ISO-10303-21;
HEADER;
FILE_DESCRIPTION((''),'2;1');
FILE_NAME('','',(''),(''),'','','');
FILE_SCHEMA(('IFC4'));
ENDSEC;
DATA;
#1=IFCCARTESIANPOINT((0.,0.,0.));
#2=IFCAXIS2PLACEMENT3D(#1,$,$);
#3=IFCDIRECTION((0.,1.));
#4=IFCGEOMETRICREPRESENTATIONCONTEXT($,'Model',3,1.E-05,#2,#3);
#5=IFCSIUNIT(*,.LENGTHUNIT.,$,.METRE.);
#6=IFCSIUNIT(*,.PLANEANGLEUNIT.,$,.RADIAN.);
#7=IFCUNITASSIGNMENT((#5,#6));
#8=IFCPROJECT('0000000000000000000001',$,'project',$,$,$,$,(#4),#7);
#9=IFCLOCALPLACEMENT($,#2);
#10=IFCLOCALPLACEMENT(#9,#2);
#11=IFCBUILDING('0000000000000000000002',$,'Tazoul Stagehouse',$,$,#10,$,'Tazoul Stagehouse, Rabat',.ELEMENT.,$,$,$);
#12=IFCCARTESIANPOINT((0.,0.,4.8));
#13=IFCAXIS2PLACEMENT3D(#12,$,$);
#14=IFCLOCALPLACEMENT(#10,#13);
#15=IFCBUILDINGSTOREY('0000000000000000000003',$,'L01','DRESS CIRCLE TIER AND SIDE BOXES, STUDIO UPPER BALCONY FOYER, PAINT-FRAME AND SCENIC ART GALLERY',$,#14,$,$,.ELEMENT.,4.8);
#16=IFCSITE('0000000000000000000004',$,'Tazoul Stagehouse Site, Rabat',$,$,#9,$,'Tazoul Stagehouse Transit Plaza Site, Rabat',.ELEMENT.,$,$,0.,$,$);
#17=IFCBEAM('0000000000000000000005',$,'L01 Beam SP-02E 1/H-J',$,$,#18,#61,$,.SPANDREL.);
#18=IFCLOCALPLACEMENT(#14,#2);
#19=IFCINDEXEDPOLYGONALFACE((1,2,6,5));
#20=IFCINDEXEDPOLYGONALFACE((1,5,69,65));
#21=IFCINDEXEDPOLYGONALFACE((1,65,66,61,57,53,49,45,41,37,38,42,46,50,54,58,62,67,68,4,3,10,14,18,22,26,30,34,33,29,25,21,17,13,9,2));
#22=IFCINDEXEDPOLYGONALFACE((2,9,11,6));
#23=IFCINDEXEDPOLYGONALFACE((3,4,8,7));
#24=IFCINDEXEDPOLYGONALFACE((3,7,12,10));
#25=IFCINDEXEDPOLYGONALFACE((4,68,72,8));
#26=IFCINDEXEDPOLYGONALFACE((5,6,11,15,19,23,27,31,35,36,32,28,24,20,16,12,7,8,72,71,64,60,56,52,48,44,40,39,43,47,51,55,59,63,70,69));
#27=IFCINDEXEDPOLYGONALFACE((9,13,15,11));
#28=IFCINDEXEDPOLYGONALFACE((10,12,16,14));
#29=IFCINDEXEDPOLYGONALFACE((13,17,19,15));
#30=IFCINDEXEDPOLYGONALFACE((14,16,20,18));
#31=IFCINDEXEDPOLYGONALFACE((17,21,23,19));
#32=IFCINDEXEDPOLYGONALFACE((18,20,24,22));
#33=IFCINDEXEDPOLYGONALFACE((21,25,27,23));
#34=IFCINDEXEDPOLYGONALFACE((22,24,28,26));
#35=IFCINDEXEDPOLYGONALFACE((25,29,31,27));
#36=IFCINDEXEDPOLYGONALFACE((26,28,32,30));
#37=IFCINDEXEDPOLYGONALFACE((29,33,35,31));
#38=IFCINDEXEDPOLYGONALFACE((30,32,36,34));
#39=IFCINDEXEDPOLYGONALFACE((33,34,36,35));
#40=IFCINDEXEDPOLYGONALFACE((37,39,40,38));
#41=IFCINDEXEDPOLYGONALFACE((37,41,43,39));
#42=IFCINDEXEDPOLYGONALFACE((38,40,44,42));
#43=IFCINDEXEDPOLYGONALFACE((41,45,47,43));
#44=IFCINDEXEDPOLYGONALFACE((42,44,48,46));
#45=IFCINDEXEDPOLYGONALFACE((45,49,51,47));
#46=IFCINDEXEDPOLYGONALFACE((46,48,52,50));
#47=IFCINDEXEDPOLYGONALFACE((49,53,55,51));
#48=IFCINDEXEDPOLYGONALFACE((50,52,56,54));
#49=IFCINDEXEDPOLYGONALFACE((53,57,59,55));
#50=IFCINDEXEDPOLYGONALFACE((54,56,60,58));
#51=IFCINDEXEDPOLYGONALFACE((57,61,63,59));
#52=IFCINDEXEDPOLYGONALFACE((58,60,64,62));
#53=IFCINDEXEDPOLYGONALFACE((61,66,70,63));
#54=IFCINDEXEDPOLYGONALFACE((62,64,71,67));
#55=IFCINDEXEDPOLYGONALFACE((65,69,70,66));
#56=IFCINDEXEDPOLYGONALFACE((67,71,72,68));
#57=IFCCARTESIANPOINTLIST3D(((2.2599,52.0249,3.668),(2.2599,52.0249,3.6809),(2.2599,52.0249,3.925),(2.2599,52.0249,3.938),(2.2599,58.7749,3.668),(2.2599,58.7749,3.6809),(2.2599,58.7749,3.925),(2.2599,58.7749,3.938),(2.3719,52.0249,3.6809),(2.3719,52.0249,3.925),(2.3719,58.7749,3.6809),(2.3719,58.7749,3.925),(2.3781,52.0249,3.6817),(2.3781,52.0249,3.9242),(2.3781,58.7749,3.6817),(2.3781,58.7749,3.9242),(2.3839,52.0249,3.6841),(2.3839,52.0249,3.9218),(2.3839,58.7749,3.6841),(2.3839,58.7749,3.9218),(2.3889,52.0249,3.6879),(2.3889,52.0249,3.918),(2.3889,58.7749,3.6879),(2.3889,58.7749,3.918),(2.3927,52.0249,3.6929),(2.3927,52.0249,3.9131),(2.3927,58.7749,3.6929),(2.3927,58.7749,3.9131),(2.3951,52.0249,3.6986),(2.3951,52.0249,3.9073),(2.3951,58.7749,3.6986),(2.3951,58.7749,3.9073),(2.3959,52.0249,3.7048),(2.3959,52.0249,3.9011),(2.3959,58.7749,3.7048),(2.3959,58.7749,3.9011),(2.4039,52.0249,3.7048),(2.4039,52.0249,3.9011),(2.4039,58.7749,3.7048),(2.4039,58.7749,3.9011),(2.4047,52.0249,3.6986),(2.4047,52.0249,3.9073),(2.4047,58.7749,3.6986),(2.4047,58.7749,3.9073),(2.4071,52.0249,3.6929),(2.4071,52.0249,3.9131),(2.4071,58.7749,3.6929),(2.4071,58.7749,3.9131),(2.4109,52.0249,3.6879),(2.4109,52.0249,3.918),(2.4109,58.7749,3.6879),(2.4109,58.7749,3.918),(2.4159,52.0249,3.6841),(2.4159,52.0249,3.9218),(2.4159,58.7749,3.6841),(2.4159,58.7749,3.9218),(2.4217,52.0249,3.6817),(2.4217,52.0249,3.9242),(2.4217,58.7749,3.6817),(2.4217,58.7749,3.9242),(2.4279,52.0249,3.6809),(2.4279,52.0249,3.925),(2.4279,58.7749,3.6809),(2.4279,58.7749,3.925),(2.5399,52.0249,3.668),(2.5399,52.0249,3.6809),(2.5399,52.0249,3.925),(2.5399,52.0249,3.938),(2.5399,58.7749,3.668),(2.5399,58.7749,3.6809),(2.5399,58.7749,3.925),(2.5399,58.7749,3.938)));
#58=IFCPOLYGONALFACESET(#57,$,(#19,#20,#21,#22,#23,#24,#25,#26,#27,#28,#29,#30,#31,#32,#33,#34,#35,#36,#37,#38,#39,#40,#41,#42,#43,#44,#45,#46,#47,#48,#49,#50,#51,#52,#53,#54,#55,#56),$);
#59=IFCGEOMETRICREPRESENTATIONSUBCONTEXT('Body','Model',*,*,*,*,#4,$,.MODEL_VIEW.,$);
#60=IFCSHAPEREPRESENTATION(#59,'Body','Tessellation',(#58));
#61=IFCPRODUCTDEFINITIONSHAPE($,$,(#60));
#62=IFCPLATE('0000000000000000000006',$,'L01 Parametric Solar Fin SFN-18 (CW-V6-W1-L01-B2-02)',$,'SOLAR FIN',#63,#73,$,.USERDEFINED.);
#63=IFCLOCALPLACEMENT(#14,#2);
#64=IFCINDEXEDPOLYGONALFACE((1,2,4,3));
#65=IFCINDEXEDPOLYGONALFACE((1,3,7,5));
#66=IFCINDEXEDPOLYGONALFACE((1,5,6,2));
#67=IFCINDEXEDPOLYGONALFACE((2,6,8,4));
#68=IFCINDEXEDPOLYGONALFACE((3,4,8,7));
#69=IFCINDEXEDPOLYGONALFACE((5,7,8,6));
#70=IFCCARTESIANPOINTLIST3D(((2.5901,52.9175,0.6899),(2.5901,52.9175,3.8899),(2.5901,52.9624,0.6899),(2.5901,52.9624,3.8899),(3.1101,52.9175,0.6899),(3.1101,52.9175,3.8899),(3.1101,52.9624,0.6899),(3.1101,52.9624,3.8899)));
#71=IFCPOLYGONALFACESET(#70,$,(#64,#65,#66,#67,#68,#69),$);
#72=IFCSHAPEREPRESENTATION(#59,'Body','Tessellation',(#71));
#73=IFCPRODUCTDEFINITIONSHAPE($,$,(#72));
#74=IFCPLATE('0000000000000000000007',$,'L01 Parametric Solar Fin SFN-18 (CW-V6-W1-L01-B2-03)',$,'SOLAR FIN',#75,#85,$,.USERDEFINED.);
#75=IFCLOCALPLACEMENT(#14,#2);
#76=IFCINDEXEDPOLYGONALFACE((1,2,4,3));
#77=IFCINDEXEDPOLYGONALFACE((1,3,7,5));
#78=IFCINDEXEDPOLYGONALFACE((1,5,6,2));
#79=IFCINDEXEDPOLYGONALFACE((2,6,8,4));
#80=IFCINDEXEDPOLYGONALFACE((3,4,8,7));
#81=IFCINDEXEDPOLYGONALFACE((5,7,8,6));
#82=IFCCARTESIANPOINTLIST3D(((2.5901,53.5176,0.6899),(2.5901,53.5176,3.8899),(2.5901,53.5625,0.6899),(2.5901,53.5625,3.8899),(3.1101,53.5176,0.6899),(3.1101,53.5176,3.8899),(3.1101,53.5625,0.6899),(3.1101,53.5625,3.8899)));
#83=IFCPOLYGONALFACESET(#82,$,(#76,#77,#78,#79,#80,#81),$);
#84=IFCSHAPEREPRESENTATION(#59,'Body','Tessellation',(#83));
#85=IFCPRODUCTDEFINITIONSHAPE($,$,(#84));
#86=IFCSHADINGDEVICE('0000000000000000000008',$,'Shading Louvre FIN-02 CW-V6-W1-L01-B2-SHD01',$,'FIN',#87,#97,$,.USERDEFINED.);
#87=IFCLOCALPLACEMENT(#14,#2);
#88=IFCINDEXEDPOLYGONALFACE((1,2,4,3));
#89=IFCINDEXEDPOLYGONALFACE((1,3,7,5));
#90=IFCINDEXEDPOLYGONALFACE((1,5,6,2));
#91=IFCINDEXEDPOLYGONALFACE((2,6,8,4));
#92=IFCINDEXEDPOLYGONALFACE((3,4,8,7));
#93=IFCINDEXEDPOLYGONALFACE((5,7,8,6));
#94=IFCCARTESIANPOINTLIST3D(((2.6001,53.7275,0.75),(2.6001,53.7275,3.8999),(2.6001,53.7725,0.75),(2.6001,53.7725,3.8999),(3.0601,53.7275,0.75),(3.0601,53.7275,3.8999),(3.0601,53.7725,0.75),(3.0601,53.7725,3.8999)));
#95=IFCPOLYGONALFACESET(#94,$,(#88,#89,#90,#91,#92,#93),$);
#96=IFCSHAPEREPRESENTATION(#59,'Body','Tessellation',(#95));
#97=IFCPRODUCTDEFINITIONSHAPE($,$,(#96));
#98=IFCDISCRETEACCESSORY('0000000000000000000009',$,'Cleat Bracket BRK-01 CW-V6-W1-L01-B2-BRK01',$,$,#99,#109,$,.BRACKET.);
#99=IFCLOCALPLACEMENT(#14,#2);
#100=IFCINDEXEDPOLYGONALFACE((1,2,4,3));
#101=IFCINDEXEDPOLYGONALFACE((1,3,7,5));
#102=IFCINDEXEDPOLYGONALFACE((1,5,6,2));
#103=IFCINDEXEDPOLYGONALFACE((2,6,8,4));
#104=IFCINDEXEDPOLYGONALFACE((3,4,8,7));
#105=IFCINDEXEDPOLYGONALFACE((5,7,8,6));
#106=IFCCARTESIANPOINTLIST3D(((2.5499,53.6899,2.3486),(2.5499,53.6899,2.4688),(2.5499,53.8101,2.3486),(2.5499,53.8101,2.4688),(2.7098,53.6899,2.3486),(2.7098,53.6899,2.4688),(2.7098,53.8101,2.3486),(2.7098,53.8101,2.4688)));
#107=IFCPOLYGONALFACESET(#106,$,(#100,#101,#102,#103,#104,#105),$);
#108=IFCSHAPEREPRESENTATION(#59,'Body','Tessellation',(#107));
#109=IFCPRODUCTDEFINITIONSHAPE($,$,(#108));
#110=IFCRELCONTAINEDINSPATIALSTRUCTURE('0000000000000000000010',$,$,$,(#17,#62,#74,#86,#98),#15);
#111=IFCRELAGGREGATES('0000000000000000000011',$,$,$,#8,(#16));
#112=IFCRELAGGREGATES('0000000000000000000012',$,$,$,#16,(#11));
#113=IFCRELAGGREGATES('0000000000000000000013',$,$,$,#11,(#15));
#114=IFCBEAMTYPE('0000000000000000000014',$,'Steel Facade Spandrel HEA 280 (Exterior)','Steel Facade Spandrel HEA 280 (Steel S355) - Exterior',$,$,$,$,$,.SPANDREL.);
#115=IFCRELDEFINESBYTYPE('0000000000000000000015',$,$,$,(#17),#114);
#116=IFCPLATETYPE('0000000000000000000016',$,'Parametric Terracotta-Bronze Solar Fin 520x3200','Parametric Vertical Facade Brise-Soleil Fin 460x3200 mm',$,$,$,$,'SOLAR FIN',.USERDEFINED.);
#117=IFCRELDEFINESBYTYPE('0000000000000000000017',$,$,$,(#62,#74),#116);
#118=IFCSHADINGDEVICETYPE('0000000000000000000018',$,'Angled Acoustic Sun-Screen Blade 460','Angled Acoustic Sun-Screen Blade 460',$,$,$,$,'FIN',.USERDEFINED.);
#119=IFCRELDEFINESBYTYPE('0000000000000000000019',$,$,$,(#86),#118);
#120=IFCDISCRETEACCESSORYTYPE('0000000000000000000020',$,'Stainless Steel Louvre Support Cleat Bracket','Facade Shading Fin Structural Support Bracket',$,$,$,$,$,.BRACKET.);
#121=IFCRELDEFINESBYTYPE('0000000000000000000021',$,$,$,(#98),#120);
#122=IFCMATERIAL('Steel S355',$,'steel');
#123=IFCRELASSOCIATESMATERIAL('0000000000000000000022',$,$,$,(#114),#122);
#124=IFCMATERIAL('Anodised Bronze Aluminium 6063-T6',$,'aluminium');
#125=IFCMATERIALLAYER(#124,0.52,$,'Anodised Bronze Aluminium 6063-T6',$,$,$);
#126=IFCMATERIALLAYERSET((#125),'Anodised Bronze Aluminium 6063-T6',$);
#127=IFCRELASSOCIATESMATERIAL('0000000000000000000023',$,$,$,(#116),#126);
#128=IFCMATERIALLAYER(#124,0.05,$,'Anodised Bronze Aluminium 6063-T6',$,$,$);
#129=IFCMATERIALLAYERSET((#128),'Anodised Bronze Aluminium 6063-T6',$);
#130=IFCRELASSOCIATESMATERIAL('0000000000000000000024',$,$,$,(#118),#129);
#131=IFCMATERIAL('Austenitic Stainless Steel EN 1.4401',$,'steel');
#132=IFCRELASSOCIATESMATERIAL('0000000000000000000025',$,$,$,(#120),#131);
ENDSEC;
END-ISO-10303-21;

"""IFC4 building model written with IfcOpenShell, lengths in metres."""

from ifc_helpers import new_model, si_unit, direction, frame, origin, origin_2d, place, context, subcontext, project, spatial, rectangle, i_section, extrude, material, layer, layer_set, material_profile, profile_set, type_object, element, save


model = new_model("IFC4")

# Units and contexts
model_context = context("Model", 3, precision=1e-05, world=origin(), true_north=direction((0.0, 1.0)))
body_context = subcontext(model_context, "Body", "Model", "MODEL_VIEW")
ifc_project = project(units=[si_unit("LENGTHUNIT", "METRE"), si_unit("PLANEANGLEUNIT", "RADIAN")], contexts=[model_context])

# Shared definitions
ifc_material_1 = material(Name="Anodised Bronze Aluminium 6063-T6", Category="aluminium")
site_placement = place(None, origin())
building_placement = place(site_placement, origin())
storey_placement = place(building_placement, frame((0.0, 0.0, 4.8)))

# Site, building, storey
site = spatial("IfcSite", under=ifc_project, at=site_placement, Name="Tazoul Stagehouse Site, Rabat", LongName="Tazoul Stagehouse Transit Plaza Site, Rabat", CompositionType="ELEMENT", RefElevation=0.0)
building = spatial("IfcBuilding", under=site, at=building_placement, Name="Tazoul Stagehouse", LongName="Tazoul Stagehouse, Rabat", CompositionType="ELEMENT")
storey = spatial("IfcBuildingStorey", under=building, at=storey_placement, Name="L01", Description="DRESS CIRCLE TIER AND SIDE BOXES, STUDIO UPPER BALCONY FOYER, PAINT-FRAME AND SCENIC ART GALLERY", CompositionType="ELEMENT", Elevation=4.8)

# Beam
ifc_material_2 = material(Name="Steel S355", Category="steel")
ifc_material_profile_1 = material_profile(ifc_material_2, i_section(OverallWidth=0.28, OverallDepth=0.27, WebThickness=0.0081, FlangeThickness=0.0129, FilletRadius=0.0239, at=origin_2d()), Name="HEA 280")
ifc_profile_set_1 = profile_set([ifc_material_profile_1], Name="Steel S355")
beam_type = type_object("IfcBeamType", Name="Steel Facade Spandrel HEA 280 (Exterior)", Description="Steel Facade Spandrel HEA 280 (Steel S355) - Exterior", PredefinedType="SPANDREL", material=ifc_profile_set_1)
beam_placement = place(storey_placement, frame((2.3999, 52.0249, 3.803), z_axis=(0.0, 1.0, 0.0), x_axis=(-1.0, 0.0, 0.0)))
element("IfcBeam", 1, at=beam_placement, inside=storey, type_object=beam_type, Name="L01 Beam SP-02E 1/H-J", PredefinedType="SPANDREL", context=body_context, shape_type="SweptSolid", body=[
    extrude(i_section(OverallWidth=0.28, OverallDepth=0.27, WebThickness=0.0081, FlangeThickness=0.0129, FilletRadius=0.0239, at=origin_2d()), origin(), (0.0, 0.0, 1.0), 6.75),
])

# Plates
ifc_layer_1 = layer(ifc_material_1, 0.52, Name="Anodised Bronze Aluminium 6063-T6")
ifc_layer_set_1 = layer_set([ifc_layer_1], Name="Anodised Bronze Aluminium 6063-T6")
plate_type_1 = type_object("IfcPlateType", Name="Parametric Terracotta-Bronze Solar Fin 520x3200", Description="Parametric Vertical Facade Brise-Soleil Fin 460x3200 mm", ElementType="SOLAR FIN", PredefinedType="USERDEFINED", material=ifc_layer_set_1)
for number, where, z_axis, x_axis, name in (
    (2, (2.8501, 52.9399, 0.6899), (0.0, 0.0, 1.0), (0.0, 1.0, 0.0), "L01 Parametric Solar Fin SFN-18 (CW-V6-W1-L01-B2-02)"),
    (3, (2.8501, 53.54, 0.6899), (0.0, 0.0, 1.0), (0.0, 1.0, 0.0), "L01 Parametric Solar Fin SFN-18 (CW-V6-W1-L01-B2-03)"),
):
    element("IfcPlate", number, at=place(storey_placement, frame(where, z_axis=z_axis, x_axis=x_axis)), inside=storey, type_object=plate_type_1, Name=name, ObjectType="SOLAR FIN", PredefinedType="USERDEFINED", context=body_context, shape_type="SweptSolid", body=[
        extrude(rectangle(XDim=0.0449, YDim=0.52, at=origin_2d()), origin(), (0.0, 0.0, 1.0), 3.2),
    ])

# Shading device
ifc_layer_2 = layer(ifc_material_1, 0.05, Name="Anodised Bronze Aluminium 6063-T6")
ifc_layer_set_2 = layer_set([ifc_layer_2], Name="Anodised Bronze Aluminium 6063-T6")
shading_device_type = type_object("IfcShadingDeviceType", Name="Angled Acoustic Sun-Screen Blade 460", Description="Angled Acoustic Sun-Screen Blade 460", ElementType="FIN", PredefinedType="USERDEFINED", material=ifc_layer_set_2)
shading_device_placement = place(storey_placement, frame((2.8301, 53.75, 0.75), z_axis=(0.0, 0.0, 1.0), x_axis=(0.0, 1.0, 0.0)))
element("IfcShadingDevice", 4, at=shading_device_placement, inside=storey, type_object=shading_device_type, Name="Shading Louvre FIN-02 CW-V6-W1-L01-B2-SHD01", ObjectType="FIN", PredefinedType="USERDEFINED", context=body_context, shape_type="SweptSolid", body=[
    extrude(rectangle(XDim=0.0449, YDim=0.46, at=origin_2d()), origin(), (0.0, 0.0, 1.0), 3.1499),
])

# Discrete accessory
ifc_material_3 = material(Name="Austenitic Stainless Steel EN 1.4401", Category="steel")
discrete_accessory_type = type_object("IfcDiscreteAccessoryType", Name="Stainless Steel Louvre Support Cleat Bracket", Description="Facade Shading Fin Structural Support Bracket", PredefinedType="BRACKET", material=ifc_material_3)
discrete_accessory_placement = place(storey_placement, frame((2.6299, 53.75, 2.3486), z_axis=(0.0, 0.0, 1.0), x_axis=(0.0, 1.0, 0.0)))
element("IfcDiscreteAccessory", 5, at=discrete_accessory_placement, inside=storey, type_object=discrete_accessory_type, Name="Cleat Bracket BRK-01 CW-V6-W1-L01-B2-BRK01", PredefinedType="BRACKET", context=body_context, shape_type="SweptSolid", body=[
    extrude(rectangle(XDim=0.1201, YDim=0.1599, at=origin_2d()), origin(), (0.0, 0.0, 1.0), 0.1201),
])

save(model, "model.ifc")
